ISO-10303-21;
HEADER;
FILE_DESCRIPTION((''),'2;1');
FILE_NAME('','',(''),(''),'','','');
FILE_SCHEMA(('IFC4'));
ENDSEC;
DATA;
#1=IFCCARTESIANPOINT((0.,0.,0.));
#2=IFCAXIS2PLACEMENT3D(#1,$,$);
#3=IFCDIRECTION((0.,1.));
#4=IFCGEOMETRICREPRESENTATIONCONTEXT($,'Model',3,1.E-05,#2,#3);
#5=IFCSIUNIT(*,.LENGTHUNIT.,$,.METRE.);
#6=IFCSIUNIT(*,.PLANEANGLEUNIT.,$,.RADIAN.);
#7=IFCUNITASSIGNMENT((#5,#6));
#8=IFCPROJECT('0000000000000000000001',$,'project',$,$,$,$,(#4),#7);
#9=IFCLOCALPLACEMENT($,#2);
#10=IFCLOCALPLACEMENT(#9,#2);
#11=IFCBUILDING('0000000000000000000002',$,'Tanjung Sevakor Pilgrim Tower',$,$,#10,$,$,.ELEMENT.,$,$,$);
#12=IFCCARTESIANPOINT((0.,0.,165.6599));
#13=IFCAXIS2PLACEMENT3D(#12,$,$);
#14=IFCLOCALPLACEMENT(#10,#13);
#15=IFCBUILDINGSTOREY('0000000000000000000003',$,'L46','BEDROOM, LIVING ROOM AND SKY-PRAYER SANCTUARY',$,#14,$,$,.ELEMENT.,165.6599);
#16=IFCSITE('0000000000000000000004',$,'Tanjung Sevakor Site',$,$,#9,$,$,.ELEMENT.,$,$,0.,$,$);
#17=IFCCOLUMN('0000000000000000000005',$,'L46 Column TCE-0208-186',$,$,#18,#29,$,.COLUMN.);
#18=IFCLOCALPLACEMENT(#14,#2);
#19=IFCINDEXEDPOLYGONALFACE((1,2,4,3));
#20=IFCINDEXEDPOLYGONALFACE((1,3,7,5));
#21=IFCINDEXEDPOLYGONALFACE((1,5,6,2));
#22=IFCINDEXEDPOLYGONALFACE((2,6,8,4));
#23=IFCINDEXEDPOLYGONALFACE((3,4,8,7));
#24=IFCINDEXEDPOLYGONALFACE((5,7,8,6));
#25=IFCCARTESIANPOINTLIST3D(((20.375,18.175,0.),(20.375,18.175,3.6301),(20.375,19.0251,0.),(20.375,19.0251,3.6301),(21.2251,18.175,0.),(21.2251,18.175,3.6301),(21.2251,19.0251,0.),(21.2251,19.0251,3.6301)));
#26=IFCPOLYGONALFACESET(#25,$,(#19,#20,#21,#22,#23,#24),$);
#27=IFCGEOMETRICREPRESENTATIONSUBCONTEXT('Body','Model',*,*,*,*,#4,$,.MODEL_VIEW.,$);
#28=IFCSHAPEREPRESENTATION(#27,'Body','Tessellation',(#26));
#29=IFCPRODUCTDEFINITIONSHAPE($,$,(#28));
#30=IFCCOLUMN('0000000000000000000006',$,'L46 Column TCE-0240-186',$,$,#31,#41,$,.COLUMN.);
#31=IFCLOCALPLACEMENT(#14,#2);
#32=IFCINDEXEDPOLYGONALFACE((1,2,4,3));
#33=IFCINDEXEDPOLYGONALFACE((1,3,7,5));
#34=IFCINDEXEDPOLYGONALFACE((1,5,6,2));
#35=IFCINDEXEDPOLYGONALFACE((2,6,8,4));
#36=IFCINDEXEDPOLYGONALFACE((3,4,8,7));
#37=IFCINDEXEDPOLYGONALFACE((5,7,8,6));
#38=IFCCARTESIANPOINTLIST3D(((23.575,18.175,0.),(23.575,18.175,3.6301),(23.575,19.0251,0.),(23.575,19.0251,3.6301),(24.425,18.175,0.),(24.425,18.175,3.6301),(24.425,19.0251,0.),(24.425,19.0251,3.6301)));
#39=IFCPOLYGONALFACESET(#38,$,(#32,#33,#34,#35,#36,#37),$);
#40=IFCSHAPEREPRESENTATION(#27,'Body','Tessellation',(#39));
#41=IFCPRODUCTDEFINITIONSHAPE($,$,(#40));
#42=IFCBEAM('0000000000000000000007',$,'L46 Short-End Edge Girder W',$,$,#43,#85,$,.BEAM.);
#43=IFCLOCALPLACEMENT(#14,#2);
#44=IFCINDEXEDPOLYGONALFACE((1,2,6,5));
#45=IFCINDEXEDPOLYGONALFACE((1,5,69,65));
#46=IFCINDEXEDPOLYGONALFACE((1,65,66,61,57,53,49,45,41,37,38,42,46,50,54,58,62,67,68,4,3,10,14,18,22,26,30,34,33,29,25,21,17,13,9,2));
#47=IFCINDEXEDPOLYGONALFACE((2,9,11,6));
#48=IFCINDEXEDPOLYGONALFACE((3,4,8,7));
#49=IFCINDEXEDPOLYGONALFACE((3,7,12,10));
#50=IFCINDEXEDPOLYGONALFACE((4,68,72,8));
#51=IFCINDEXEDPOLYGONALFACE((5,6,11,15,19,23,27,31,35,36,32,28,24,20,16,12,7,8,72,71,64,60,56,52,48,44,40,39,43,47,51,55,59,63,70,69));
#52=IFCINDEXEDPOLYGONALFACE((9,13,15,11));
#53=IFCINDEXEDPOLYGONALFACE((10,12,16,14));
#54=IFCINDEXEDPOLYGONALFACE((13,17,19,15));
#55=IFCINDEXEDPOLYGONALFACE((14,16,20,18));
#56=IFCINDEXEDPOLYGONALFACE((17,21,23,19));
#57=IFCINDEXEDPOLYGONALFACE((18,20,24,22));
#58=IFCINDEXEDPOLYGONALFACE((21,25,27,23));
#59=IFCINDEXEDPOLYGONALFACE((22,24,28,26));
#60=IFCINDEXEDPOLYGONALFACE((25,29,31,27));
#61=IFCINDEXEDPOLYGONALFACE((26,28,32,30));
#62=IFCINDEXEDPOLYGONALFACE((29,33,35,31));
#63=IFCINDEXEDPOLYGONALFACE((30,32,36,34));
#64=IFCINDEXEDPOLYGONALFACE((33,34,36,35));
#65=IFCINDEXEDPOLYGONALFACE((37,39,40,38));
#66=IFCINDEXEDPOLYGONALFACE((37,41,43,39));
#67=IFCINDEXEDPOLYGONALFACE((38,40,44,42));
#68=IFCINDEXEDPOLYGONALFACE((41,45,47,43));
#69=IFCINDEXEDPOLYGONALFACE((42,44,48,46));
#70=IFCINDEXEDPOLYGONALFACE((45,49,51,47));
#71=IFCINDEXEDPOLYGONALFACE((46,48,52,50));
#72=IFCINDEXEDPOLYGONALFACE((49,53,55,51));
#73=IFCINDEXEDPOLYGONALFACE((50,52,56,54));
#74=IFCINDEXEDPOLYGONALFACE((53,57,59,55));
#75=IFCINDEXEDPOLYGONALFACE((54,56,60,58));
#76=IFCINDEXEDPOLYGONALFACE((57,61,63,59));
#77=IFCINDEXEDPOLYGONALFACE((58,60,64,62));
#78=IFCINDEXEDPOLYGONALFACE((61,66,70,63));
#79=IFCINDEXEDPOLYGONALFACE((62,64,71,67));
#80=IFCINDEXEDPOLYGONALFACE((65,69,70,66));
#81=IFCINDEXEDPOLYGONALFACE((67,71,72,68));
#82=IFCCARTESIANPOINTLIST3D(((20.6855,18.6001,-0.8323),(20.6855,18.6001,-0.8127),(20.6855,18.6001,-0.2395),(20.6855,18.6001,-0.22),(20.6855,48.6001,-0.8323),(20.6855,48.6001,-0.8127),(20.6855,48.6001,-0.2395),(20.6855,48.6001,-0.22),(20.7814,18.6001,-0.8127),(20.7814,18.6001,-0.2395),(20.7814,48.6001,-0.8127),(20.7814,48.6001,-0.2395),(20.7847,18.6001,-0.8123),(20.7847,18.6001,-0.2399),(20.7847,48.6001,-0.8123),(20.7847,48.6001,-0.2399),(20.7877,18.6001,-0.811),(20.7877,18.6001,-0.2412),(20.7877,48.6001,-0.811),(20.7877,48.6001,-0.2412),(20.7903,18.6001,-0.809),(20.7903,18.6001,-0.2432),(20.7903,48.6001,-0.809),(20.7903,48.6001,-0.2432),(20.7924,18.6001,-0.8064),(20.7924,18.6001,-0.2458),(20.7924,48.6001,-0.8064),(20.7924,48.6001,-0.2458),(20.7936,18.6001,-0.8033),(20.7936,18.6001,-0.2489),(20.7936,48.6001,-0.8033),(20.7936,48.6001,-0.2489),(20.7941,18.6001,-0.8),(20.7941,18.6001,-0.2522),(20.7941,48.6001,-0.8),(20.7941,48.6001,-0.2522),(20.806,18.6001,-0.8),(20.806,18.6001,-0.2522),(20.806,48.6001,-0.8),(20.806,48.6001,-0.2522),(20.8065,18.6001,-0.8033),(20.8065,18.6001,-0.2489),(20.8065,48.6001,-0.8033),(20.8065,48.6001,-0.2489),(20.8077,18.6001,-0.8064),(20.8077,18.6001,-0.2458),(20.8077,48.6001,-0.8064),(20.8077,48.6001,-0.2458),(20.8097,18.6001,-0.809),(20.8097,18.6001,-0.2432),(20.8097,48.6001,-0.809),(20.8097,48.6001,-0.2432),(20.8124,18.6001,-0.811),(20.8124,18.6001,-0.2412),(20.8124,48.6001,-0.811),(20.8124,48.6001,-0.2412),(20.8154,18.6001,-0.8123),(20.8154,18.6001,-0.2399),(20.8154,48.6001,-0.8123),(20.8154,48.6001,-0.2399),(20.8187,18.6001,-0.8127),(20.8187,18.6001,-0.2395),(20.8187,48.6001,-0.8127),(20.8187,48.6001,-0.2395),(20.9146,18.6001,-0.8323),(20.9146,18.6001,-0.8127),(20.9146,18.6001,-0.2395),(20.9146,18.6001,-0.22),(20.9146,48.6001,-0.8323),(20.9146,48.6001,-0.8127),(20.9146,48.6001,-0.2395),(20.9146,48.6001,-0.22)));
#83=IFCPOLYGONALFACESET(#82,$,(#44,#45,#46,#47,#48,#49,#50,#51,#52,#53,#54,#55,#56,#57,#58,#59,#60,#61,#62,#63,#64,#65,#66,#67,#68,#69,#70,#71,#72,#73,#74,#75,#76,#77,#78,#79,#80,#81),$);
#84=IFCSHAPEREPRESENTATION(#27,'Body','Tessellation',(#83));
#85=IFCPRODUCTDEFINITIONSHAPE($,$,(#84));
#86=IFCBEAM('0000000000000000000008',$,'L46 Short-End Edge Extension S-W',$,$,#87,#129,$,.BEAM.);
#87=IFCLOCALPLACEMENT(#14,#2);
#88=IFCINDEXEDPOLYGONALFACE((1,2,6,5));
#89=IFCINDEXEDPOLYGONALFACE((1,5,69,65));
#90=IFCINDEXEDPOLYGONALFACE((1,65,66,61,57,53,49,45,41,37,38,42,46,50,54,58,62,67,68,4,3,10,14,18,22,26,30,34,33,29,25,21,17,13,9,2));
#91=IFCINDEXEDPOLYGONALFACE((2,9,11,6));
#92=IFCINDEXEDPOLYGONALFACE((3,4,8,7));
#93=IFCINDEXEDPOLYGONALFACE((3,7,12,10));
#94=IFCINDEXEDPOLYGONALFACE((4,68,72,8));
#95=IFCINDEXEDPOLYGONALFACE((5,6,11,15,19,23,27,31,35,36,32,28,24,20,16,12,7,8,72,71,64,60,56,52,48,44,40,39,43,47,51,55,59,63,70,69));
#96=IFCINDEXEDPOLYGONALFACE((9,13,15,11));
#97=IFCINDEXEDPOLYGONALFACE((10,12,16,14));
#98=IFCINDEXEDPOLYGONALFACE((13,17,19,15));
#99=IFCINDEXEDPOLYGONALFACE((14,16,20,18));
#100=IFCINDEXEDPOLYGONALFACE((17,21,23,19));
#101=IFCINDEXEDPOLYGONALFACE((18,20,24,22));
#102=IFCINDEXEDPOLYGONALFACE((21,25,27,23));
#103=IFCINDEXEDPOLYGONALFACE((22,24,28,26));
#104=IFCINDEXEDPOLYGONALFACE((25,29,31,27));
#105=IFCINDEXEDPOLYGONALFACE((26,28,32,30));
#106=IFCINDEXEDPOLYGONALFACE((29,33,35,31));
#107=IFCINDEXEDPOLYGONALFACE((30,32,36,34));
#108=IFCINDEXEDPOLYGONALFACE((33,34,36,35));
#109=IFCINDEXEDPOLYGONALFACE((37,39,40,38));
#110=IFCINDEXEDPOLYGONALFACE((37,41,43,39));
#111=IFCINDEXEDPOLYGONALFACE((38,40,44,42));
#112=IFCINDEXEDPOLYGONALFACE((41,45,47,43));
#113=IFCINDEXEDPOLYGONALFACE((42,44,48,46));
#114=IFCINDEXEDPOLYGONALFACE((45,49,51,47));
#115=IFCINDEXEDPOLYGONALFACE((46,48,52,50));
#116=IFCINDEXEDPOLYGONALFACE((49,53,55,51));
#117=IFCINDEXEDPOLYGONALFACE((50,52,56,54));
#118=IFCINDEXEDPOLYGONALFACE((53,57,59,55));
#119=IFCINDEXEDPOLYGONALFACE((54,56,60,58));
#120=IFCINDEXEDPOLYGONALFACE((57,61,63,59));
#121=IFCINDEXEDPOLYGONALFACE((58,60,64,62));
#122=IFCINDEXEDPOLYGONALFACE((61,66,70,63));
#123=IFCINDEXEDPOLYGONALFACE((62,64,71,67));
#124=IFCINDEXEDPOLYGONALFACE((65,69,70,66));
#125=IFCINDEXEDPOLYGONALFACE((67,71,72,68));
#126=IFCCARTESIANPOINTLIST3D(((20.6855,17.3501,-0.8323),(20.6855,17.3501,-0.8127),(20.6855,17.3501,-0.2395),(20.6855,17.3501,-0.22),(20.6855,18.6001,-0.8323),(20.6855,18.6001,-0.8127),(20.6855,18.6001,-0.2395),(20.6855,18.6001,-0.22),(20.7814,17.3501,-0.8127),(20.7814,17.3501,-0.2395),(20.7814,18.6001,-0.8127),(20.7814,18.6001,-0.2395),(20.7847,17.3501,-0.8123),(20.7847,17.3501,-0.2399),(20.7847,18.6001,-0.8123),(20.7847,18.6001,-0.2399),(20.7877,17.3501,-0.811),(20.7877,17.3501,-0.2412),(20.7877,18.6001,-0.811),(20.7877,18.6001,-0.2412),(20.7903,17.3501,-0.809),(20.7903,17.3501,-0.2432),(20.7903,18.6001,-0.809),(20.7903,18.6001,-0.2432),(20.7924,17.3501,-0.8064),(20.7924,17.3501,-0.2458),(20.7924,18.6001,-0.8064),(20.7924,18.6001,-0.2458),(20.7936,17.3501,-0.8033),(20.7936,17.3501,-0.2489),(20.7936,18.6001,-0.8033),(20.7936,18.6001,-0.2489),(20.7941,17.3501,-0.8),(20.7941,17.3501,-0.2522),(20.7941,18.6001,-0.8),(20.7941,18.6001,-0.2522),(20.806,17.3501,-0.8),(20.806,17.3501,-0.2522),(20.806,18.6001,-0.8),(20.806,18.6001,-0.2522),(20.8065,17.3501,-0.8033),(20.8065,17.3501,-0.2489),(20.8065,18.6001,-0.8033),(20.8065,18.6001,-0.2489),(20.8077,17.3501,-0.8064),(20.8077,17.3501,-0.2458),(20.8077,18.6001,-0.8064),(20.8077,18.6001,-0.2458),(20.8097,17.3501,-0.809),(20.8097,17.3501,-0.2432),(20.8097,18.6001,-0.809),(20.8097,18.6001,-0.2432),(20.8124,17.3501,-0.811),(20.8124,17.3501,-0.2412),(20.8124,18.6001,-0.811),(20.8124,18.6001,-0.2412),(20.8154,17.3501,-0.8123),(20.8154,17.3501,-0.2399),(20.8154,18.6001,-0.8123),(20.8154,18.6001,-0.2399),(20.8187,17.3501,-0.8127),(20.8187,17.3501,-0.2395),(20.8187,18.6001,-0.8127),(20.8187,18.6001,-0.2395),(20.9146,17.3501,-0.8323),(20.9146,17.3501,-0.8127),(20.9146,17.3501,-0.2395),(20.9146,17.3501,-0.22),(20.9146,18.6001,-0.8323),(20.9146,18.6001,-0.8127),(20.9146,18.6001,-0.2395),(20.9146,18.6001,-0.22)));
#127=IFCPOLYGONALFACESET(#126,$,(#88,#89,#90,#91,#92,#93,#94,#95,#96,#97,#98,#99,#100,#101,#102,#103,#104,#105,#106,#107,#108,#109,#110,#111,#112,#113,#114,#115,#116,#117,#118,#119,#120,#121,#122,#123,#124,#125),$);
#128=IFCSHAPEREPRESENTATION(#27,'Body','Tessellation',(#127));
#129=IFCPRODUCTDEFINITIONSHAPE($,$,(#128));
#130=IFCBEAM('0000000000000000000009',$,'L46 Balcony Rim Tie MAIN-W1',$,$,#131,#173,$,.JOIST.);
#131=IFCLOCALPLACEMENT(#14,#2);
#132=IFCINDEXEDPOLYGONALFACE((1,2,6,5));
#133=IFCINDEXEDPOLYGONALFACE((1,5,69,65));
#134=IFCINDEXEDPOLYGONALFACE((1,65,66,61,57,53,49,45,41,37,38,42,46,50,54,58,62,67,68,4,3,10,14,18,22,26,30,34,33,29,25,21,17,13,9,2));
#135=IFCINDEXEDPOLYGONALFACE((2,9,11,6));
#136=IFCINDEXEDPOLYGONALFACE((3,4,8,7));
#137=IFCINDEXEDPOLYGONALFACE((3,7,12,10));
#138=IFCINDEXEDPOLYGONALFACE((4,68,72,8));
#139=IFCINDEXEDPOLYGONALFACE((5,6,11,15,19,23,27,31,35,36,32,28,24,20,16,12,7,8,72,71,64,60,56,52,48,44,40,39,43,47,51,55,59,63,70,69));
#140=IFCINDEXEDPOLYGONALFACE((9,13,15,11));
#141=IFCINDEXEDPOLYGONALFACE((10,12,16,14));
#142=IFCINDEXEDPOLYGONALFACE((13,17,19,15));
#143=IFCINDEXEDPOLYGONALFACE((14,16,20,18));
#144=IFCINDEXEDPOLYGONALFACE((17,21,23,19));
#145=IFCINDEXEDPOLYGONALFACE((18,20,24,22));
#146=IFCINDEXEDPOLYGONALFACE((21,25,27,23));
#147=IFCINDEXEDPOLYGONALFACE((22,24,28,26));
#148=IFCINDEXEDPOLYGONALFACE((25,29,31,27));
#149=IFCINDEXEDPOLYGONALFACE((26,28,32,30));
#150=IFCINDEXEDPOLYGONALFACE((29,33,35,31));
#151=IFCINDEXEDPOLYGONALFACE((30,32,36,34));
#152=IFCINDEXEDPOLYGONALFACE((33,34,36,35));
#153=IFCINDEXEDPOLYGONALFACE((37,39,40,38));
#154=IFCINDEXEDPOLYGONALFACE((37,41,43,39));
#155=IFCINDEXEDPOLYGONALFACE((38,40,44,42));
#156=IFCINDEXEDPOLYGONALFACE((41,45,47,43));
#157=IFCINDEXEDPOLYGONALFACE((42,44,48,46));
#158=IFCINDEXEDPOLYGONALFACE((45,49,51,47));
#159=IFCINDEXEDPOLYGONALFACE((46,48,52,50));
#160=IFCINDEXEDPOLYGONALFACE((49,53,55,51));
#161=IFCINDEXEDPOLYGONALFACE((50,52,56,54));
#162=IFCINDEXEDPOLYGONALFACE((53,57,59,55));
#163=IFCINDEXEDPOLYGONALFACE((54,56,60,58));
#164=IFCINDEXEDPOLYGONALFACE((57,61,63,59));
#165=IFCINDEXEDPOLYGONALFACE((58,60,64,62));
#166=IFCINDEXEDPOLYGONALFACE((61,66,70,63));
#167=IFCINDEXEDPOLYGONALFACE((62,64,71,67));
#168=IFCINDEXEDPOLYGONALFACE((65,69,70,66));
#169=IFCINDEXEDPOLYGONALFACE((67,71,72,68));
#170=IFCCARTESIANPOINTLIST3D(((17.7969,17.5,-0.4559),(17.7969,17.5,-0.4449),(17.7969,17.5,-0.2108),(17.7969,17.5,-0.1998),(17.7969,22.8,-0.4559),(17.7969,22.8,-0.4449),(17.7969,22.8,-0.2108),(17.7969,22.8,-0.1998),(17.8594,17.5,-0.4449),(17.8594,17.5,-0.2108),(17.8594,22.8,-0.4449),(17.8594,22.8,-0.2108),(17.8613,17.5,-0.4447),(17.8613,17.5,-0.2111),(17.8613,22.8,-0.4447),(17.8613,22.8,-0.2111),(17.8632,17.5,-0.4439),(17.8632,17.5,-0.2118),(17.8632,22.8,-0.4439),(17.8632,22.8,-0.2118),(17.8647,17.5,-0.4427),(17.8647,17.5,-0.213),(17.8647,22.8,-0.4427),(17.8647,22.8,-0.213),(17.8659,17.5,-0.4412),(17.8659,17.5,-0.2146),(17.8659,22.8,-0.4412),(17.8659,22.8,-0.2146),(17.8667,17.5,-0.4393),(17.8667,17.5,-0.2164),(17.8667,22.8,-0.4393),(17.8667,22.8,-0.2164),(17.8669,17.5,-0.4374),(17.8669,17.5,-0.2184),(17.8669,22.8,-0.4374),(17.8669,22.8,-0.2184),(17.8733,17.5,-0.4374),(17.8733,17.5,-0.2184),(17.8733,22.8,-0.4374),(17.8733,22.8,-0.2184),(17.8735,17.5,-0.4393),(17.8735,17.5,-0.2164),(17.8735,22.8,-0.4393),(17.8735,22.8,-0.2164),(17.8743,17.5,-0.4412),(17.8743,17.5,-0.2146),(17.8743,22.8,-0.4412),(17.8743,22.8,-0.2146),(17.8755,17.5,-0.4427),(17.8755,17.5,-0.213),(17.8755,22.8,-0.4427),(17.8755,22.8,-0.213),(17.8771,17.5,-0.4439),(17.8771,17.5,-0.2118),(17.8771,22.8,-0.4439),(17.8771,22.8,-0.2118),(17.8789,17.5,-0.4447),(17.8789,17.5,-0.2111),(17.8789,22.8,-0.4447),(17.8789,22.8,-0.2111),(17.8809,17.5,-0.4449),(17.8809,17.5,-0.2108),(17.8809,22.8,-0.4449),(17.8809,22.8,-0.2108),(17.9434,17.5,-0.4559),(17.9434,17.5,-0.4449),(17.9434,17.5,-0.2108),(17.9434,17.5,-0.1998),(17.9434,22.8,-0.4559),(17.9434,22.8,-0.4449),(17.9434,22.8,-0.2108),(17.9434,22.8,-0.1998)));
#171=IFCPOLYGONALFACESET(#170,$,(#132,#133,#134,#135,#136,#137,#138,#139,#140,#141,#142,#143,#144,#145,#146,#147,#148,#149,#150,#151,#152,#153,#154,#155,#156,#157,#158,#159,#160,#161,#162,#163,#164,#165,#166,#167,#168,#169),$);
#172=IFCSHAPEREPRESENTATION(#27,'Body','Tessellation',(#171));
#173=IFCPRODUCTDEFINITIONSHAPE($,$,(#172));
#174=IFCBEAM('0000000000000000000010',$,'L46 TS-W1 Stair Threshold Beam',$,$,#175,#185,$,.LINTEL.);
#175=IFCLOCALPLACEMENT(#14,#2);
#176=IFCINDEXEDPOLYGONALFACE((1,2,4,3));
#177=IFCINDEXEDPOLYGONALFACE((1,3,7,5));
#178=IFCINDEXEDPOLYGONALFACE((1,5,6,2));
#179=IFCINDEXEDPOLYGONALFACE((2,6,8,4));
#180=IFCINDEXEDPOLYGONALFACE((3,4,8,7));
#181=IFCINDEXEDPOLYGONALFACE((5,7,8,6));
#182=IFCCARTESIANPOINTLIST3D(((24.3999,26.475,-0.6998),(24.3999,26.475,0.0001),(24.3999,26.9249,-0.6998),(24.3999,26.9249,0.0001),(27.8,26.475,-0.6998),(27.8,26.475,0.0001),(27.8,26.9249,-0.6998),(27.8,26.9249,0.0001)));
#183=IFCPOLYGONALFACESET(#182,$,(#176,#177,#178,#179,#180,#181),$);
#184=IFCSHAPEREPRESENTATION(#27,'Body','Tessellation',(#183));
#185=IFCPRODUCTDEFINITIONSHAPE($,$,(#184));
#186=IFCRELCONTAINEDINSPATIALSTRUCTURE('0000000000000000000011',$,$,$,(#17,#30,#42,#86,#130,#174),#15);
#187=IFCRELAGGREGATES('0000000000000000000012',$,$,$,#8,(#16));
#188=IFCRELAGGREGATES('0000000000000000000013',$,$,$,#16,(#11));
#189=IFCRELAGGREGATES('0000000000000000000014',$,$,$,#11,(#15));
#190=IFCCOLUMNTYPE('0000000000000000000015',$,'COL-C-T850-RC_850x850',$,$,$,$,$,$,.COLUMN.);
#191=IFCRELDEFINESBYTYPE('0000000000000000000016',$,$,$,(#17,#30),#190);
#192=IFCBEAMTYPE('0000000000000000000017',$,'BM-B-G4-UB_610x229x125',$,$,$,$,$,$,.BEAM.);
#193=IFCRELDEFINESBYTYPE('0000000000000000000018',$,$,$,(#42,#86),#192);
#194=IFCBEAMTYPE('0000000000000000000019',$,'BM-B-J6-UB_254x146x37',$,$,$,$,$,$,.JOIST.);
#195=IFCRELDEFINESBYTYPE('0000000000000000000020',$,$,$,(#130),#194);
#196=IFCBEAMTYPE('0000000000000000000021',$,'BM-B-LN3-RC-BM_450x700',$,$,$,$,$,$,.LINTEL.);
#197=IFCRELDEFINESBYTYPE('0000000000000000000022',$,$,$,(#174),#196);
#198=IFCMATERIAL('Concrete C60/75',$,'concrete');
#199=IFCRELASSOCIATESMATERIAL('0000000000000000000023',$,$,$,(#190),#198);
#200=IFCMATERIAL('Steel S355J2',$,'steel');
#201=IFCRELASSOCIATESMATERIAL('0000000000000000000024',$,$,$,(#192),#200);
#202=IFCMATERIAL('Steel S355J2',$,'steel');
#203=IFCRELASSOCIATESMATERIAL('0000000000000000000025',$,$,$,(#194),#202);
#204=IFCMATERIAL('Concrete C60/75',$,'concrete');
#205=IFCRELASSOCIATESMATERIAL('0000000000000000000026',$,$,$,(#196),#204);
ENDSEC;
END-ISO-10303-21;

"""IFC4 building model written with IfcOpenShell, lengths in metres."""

from ifc_helpers import new_model, si_unit, direction, frame, origin, origin_2d, place, context, subcontext, project, spatial, rectangle, i_section, extrude, material, material_profile, profile_set, type_object, element, save


model = new_model("IFC4")

# Units and contexts
model_context = context("Model", 3, precision=1e-05, world=origin(), true_north=direction((0.0, 1.0)))
body_context = subcontext(model_context, "Body", "Model", "MODEL_VIEW")
ifc_project = project(units=[si_unit("LENGTHUNIT", "METRE"), si_unit("PLANEANGLEUNIT", "RADIAN")], contexts=[model_context])

# Site, building, storey
site_placement = place(None, origin())
site = spatial("IfcSite", under=ifc_project, at=site_placement, Name="Tanjung Sevakor Site", CompositionType="ELEMENT", RefElevation=0.0)
building_placement = place(site_placement, origin())
building = spatial("IfcBuilding", under=site, at=building_placement, Name="Tanjung Sevakor Pilgrim Tower", CompositionType="ELEMENT")
storey_placement = place(building_placement, frame((0.0, 0.0, 165.6599)))
storey = spatial("IfcBuildingStorey", under=building, at=storey_placement, Name="L46", Description="BEDROOM, LIVING ROOM AND SKY-PRAYER SANCTUARY", CompositionType="ELEMENT", Elevation=165.6599)

# Columns
ifc_material_1 = material(Name="Concrete C60/75", Category="concrete")
ifc_material_profile_1 = material_profile(ifc_material_1, rectangle(XDim=0.8501, YDim=0.8501, at=origin_2d()))
ifc_profile_set_1 = profile_set([ifc_material_profile_1], Name="Concrete C60/75")
column_type = type_object("IfcColumnType", Name="COL-C-T850-RC_850x850", PredefinedType="COLUMN", material=ifc_profile_set_1)
for number, where, z_axis, x_axis, name in (
    (1, (20.8, 18.6001, 0.0), (0.0, 0.0, 1.0), (1.0, 0.0, 0.0), "L46 Column TCE-0208-186"),
    (2, (24.0, 18.6001, 0.0), (0.0, 0.0, 1.0), (1.0, 0.0, 0.0), "L46 Column TCE-0240-186"),
):
    element("IfcColumn", number, at=place(storey_placement, frame(where, z_axis=z_axis, x_axis=x_axis)), inside=storey, type_object=column_type, Name=name, PredefinedType="COLUMN", context=body_context, shape_type="SweptSolid", body=[
        extrude(rectangle(XDim=0.8501, YDim=0.8501, at=origin_2d()), origin(), (0.0, 0.0, 1.0), 3.6301),
    ])

# Beams
ifc_material_2 = material(Name="Steel S355J2", Category="steel")
ifc_material_profile_2 = material_profile(ifc_material_2, i_section(OverallWidth=0.229, OverallDepth=0.6123, WebThickness=0.012, FlangeThickness=0.0195, FilletRadius=0.0127, at=origin_2d()))
ifc_profile_set_2 = profile_set([ifc_material_profile_2], Name="Steel S355J2")
beam_type_1 = type_object("IfcBeamType", Name="BM-B-G4-UB_610x229x125", PredefinedType="BEAM", material=ifc_profile_set_2)
beam_1_placement = place(storey_placement, frame((20.8, 18.6001, -0.5261), z_axis=(0.0, 1.0, 0.0), x_axis=(-1.0, 0.0, 0.0)))
element("IfcBeam", 3, at=beam_1_placement, inside=storey, type_object=beam_type_1, Name="L46 Short-End Edge Girder W", PredefinedType="BEAM", context=body_context, shape_type="SweptSolid", body=[
    extrude(i_section(OverallWidth=0.229, OverallDepth=0.6123, WebThickness=0.012, FlangeThickness=0.0195, FilletRadius=0.0127, at=origin_2d()), origin(), (0.0, 0.0, 1.0), 30.0),
])
beam_2_placement = place(storey_placement, frame((20.8, 18.6001, -0.5261), z_axis=(0.0, -1.0, 0.0), x_axis=(1.0, 0.0, 0.0)))
element("IfcBeam", 4, at=beam_2_placement, inside=storey, type_object=beam_type_1, Name="L46 Short-End Edge Extension S-W", PredefinedType="BEAM", context=body_context, shape_type="SweptSolid", body=[
    extrude(i_section(OverallWidth=0.229, OverallDepth=0.6123, WebThickness=0.012, FlangeThickness=0.0195, FilletRadius=0.0127, at=origin_2d()), origin(), (0.0, 0.0, 1.0), 1.25),
])
ifc_material_3 = material(Name="Steel S355J2", Category="steel")
ifc_material_profile_3 = material_profile(ifc_material_3, i_section(OverallWidth=0.1465, OverallDepth=0.2561, WebThickness=0.0063, FlangeThickness=0.011, FilletRadius=0.0076, at=origin_2d()))
ifc_profile_set_3 = profile_set([ifc_material_profile_3], Name="Steel S355J2")
beam_type_2 = type_object("IfcBeamType", Name="BM-B-J6-UB_254x146x37", PredefinedType="JOIST", material=ifc_profile_set_3)
beam_3_placement = place(storey_placement, frame((17.8701, 17.5, -0.3279), z_axis=(0.0, 1.0, 0.0), x_axis=(-1.0, 0.0, 0.0)))
element("IfcBeam", 5, at=beam_3_placement, inside=storey, type_object=beam_type_2, Name="L46 Balcony Rim Tie MAIN-W1", PredefinedType="JOIST", context=body_context, shape_type="SweptSolid", body=[
    extrude(i_section(OverallWidth=0.1465, OverallDepth=0.2561, WebThickness=0.0063, FlangeThickness=0.011, FilletRadius=0.0076, at=origin_2d()), origin(), (0.0, 0.0, 1.0), 5.3),
])
ifc_material_4 = material(Name="Concrete C60/75", Category="concrete")
ifc_material_profile_4 = material_profile(ifc_material_4, rectangle(XDim=0.45, YDim=0.7, at=origin_2d()))
ifc_profile_set_4 = profile_set([ifc_material_profile_4], Name="Concrete C60/75")
beam_type_3 = type_object("IfcBeamType", Name="BM-B-LN3-RC-BM_450x700", PredefinedType="LINTEL", material=ifc_profile_set_4)
beam_4_placement = place(storey_placement, frame((24.3999, 26.7, -0.3499), z_axis=(1.0, 0.0, 0.0), x_axis=(0.0, 1.0, 0.0)))
element("IfcBeam", 6, at=beam_4_placement, inside=storey, type_object=beam_type_3, Name="L46 TS-W1 Stair Threshold Beam", PredefinedType="LINTEL", context=body_context, shape_type="SweptSolid", body=[
    extrude(rectangle(XDim=0.45, YDim=0.7, at=origin_2d()), origin(), (0.0, 0.0, 1.0), 3.4001),
])

save(model, "model.ifc")
